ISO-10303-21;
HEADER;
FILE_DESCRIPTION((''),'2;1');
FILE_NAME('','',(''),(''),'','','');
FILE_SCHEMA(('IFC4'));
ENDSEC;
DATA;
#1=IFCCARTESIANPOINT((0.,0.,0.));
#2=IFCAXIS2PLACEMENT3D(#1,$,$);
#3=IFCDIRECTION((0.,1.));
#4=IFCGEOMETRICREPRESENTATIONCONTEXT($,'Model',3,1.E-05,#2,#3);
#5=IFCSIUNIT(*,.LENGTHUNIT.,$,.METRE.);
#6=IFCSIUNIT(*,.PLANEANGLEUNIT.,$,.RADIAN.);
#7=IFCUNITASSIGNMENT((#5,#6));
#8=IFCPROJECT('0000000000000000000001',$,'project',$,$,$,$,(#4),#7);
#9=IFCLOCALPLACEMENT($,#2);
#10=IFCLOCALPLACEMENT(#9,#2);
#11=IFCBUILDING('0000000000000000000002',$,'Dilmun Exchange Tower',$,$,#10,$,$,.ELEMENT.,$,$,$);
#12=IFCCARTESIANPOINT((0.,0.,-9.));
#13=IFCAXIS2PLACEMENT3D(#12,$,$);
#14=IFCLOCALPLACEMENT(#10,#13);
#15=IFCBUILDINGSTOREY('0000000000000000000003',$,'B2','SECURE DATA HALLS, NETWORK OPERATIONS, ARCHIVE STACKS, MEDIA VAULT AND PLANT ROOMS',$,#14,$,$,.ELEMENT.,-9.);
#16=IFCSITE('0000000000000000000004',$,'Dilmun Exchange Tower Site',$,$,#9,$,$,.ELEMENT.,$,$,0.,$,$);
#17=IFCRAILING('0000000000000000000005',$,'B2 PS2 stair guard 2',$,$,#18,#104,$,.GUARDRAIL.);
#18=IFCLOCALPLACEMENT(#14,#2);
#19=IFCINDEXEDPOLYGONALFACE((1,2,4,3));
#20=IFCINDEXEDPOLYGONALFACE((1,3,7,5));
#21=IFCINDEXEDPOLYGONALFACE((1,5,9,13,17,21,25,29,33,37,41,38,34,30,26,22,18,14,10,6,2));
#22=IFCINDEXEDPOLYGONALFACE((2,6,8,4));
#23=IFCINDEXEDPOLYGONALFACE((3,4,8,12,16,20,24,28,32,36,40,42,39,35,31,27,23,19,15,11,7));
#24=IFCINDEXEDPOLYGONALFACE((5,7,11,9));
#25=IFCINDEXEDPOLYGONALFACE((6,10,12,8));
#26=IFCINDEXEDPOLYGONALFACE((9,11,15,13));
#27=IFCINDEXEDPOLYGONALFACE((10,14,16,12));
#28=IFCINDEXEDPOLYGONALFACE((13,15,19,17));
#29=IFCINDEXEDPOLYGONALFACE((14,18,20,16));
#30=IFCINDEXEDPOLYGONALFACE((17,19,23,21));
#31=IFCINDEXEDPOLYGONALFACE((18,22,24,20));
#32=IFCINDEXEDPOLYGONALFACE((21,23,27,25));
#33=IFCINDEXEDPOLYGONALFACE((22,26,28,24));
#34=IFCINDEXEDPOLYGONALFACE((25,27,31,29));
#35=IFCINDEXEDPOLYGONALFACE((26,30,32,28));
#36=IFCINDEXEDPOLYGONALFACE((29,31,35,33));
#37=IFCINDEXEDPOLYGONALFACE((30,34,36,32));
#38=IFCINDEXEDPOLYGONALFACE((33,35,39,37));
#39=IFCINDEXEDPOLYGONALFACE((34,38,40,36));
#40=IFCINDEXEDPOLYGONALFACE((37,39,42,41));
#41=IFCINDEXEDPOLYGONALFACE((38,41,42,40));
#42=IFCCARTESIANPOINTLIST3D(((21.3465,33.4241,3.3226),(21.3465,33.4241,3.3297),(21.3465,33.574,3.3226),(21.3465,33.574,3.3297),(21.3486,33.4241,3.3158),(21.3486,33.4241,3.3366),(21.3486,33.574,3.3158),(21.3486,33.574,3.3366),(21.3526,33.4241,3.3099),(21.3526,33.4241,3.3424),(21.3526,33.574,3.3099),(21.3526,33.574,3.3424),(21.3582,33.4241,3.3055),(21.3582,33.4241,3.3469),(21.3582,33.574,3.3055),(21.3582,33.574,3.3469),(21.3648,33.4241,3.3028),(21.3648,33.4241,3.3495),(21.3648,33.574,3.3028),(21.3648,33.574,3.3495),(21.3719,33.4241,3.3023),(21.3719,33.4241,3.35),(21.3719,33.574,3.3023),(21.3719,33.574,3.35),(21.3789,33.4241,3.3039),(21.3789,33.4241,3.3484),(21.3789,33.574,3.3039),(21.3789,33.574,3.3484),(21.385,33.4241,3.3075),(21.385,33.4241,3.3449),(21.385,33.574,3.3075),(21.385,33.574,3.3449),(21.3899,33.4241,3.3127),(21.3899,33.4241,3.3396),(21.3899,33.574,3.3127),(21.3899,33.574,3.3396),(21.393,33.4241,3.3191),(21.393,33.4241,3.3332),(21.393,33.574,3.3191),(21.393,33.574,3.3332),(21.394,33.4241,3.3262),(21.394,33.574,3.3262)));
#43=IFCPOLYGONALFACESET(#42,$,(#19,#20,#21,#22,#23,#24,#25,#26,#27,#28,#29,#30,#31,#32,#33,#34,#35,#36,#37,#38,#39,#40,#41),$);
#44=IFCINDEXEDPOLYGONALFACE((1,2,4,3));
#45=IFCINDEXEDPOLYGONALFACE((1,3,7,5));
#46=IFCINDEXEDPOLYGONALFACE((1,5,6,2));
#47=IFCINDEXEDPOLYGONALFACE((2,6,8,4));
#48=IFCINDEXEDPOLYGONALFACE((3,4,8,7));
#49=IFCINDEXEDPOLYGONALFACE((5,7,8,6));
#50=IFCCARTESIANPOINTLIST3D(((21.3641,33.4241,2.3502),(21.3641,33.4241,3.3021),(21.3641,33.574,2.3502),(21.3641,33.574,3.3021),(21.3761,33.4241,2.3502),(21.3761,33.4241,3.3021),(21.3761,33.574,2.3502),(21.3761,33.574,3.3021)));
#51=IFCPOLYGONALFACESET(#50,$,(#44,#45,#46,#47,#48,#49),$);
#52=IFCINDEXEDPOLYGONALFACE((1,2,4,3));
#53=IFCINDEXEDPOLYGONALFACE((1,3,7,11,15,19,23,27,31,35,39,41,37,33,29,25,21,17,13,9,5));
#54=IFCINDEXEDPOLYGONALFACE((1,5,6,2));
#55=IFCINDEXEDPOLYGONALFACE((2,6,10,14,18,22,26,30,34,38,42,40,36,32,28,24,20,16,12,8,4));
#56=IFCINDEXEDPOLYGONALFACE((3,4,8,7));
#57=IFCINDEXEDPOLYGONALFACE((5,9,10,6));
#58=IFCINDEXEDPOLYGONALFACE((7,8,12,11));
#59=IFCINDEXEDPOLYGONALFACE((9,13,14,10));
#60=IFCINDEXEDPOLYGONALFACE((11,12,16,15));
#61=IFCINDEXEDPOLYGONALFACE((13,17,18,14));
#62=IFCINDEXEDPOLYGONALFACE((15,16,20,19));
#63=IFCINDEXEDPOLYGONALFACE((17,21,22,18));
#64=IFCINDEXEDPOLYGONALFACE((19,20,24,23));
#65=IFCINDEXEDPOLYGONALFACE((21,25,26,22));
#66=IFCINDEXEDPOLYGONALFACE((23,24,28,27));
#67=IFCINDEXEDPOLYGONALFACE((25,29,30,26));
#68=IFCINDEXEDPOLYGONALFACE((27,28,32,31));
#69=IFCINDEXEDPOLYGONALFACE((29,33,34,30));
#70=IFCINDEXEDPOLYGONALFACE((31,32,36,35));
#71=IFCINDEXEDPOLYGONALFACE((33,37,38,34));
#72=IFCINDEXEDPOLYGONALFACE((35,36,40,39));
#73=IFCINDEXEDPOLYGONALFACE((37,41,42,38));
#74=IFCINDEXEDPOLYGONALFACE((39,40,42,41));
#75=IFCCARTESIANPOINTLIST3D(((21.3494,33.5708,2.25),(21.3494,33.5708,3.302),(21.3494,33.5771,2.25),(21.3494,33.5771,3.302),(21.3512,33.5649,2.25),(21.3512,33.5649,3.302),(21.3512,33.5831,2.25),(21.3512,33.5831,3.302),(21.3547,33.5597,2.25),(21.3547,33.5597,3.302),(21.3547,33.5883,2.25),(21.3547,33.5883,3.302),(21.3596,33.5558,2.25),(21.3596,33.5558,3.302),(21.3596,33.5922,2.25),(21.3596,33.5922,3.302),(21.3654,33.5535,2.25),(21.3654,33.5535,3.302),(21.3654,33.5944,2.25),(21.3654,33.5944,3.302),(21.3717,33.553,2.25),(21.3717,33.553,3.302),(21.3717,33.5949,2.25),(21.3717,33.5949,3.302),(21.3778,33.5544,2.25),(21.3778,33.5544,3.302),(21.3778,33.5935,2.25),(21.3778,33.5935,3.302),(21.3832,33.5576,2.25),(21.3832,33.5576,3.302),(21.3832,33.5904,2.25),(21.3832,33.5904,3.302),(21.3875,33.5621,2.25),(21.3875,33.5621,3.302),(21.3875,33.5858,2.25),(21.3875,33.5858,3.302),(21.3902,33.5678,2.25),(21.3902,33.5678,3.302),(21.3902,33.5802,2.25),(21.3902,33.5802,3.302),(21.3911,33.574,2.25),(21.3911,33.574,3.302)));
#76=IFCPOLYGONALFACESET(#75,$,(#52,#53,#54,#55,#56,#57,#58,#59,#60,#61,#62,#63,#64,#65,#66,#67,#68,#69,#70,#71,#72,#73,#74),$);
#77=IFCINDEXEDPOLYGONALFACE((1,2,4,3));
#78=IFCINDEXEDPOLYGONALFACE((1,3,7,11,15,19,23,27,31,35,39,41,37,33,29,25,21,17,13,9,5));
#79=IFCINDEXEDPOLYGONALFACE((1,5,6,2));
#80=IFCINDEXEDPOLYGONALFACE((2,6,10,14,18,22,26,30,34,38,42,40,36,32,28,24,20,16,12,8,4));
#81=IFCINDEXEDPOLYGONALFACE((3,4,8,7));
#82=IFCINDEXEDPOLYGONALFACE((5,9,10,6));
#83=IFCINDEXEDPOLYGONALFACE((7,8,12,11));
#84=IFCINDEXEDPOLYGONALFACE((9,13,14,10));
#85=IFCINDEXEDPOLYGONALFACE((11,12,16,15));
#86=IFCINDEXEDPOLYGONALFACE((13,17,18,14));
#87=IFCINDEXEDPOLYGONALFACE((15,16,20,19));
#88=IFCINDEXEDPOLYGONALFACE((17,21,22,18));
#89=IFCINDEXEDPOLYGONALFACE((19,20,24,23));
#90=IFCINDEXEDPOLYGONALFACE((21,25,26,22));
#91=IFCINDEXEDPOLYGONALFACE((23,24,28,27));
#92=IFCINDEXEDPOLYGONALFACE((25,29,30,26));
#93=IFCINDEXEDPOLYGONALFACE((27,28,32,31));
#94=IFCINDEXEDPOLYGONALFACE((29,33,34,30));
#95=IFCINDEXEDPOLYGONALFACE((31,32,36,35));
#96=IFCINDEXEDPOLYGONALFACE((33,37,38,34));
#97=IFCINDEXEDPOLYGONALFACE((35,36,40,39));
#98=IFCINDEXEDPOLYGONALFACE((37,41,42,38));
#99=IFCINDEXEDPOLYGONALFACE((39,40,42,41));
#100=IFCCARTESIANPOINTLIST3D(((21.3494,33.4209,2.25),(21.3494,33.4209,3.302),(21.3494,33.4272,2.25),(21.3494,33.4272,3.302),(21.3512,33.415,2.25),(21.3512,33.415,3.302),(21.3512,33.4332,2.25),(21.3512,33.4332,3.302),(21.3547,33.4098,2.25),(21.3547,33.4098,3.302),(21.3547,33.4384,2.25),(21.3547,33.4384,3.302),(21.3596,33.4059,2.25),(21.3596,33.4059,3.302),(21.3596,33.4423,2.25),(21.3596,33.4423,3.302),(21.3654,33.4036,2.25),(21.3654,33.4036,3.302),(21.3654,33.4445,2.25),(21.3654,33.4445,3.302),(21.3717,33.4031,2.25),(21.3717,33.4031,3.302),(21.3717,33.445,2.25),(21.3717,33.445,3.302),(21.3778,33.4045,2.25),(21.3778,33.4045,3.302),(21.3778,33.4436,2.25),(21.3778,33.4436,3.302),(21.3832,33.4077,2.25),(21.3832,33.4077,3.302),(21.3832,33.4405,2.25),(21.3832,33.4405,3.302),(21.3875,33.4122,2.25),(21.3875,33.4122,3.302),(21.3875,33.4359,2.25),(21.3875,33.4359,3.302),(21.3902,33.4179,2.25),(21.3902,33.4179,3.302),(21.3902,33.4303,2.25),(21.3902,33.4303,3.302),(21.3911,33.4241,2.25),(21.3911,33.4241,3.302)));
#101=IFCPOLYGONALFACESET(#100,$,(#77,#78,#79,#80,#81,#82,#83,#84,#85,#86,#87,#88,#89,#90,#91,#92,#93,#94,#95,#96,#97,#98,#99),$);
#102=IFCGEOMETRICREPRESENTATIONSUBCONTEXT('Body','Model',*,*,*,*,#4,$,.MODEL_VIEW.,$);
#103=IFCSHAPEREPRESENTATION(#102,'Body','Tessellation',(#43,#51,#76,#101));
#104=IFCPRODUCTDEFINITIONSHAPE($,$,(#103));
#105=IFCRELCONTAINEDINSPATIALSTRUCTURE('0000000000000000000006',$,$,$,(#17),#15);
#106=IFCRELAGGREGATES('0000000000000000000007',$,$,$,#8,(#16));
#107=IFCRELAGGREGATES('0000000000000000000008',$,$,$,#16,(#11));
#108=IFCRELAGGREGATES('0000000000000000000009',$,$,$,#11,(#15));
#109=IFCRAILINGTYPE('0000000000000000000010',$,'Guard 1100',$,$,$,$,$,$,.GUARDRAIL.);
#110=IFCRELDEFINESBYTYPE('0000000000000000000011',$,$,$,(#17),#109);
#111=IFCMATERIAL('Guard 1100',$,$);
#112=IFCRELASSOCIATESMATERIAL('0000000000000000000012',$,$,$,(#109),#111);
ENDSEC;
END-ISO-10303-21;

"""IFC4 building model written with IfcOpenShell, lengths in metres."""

from ifc_helpers import new_model, si_unit, direction, frame, origin, origin_2d, place, context, subcontext, project, spatial, rectangle, circle, extrude, material, type_object, element, save


model = new_model("IFC4")

# Units and contexts
model_context = context("Model", 3, precision=1e-05, world=origin(), true_north=direction((0.0, 1.0)))
body_context = subcontext(model_context, "Body", "Model", "MODEL_VIEW")
ifc_project = project(units=[si_unit("LENGTHUNIT", "METRE"), si_unit("PLANEANGLEUNIT", "RADIAN")], contexts=[model_context])

# Site, building, storey
site_placement = place(None, origin())
site = spatial("IfcSite", under=ifc_project, at=site_placement, Name="Dilmun Exchange Tower Site", CompositionType="ELEMENT", RefElevation=0.0)
building_placement = place(site_placement, origin())
building = spatial("IfcBuilding", under=site, at=building_placement, Name="Dilmun Exchange Tower", CompositionType="ELEMENT")
storey_placement = place(building_placement, frame((0.0, 0.0, -9.0)))
storey = spatial("IfcBuildingStorey", under=building, at=storey_placement, Name="B2", Description="SECURE DATA HALLS, NETWORK OPERATIONS, ARCHIVE STACKS, MEDIA VAULT AND PLANT ROOMS", CompositionType="ELEMENT", Elevation=-9.0)

# Railing
ifc_material_1 = material(Name="Guard 1100")
railing_type_1 = type_object("IfcRailingType", Name="Guard 1100", PredefinedType="GUARDRAIL", material=ifc_material_1)
railing_1_placement = place(storey_placement, frame((21.3701, 33.574, 2.25)))
element("IfcRailing", 1, at=railing_1_placement, inside=storey, type_object=railing_type_1, Name="B2 PS2 stair guard 2", PredefinedType="GUARDRAIL", context=body_context, shape_type="SweptSolid", body=[
    extrude(circle(Radius=0.0239, at=origin_2d()), frame((0.0, 0.0, 1.0762), z_axis=(0.0, -1.0, 0.0), x_axis=(1.0, 0.0, 0.0)), (0.0, 0.0, 1.0), 0.1499),
    extrude(rectangle(XDim=0.012, YDim=0.9519, at=origin_2d()), frame((0.0, 0.0, 0.5762), z_axis=(0.0, -1.0, 0.0), x_axis=(1.0, 0.0, 0.0)), (0.0, 0.0, 1.0), 0.1499),
    extrude(circle(Radius=0.021, at=origin_2d()), origin(), (0.0, 0.0, 1.0), 1.052),
    extrude(circle(Radius=0.021, at=origin_2d()), frame((0.0, -0.1499, 0.0)), (0.0, 0.0, 1.0), 1.052),
])

save(model, "model.ifc")
